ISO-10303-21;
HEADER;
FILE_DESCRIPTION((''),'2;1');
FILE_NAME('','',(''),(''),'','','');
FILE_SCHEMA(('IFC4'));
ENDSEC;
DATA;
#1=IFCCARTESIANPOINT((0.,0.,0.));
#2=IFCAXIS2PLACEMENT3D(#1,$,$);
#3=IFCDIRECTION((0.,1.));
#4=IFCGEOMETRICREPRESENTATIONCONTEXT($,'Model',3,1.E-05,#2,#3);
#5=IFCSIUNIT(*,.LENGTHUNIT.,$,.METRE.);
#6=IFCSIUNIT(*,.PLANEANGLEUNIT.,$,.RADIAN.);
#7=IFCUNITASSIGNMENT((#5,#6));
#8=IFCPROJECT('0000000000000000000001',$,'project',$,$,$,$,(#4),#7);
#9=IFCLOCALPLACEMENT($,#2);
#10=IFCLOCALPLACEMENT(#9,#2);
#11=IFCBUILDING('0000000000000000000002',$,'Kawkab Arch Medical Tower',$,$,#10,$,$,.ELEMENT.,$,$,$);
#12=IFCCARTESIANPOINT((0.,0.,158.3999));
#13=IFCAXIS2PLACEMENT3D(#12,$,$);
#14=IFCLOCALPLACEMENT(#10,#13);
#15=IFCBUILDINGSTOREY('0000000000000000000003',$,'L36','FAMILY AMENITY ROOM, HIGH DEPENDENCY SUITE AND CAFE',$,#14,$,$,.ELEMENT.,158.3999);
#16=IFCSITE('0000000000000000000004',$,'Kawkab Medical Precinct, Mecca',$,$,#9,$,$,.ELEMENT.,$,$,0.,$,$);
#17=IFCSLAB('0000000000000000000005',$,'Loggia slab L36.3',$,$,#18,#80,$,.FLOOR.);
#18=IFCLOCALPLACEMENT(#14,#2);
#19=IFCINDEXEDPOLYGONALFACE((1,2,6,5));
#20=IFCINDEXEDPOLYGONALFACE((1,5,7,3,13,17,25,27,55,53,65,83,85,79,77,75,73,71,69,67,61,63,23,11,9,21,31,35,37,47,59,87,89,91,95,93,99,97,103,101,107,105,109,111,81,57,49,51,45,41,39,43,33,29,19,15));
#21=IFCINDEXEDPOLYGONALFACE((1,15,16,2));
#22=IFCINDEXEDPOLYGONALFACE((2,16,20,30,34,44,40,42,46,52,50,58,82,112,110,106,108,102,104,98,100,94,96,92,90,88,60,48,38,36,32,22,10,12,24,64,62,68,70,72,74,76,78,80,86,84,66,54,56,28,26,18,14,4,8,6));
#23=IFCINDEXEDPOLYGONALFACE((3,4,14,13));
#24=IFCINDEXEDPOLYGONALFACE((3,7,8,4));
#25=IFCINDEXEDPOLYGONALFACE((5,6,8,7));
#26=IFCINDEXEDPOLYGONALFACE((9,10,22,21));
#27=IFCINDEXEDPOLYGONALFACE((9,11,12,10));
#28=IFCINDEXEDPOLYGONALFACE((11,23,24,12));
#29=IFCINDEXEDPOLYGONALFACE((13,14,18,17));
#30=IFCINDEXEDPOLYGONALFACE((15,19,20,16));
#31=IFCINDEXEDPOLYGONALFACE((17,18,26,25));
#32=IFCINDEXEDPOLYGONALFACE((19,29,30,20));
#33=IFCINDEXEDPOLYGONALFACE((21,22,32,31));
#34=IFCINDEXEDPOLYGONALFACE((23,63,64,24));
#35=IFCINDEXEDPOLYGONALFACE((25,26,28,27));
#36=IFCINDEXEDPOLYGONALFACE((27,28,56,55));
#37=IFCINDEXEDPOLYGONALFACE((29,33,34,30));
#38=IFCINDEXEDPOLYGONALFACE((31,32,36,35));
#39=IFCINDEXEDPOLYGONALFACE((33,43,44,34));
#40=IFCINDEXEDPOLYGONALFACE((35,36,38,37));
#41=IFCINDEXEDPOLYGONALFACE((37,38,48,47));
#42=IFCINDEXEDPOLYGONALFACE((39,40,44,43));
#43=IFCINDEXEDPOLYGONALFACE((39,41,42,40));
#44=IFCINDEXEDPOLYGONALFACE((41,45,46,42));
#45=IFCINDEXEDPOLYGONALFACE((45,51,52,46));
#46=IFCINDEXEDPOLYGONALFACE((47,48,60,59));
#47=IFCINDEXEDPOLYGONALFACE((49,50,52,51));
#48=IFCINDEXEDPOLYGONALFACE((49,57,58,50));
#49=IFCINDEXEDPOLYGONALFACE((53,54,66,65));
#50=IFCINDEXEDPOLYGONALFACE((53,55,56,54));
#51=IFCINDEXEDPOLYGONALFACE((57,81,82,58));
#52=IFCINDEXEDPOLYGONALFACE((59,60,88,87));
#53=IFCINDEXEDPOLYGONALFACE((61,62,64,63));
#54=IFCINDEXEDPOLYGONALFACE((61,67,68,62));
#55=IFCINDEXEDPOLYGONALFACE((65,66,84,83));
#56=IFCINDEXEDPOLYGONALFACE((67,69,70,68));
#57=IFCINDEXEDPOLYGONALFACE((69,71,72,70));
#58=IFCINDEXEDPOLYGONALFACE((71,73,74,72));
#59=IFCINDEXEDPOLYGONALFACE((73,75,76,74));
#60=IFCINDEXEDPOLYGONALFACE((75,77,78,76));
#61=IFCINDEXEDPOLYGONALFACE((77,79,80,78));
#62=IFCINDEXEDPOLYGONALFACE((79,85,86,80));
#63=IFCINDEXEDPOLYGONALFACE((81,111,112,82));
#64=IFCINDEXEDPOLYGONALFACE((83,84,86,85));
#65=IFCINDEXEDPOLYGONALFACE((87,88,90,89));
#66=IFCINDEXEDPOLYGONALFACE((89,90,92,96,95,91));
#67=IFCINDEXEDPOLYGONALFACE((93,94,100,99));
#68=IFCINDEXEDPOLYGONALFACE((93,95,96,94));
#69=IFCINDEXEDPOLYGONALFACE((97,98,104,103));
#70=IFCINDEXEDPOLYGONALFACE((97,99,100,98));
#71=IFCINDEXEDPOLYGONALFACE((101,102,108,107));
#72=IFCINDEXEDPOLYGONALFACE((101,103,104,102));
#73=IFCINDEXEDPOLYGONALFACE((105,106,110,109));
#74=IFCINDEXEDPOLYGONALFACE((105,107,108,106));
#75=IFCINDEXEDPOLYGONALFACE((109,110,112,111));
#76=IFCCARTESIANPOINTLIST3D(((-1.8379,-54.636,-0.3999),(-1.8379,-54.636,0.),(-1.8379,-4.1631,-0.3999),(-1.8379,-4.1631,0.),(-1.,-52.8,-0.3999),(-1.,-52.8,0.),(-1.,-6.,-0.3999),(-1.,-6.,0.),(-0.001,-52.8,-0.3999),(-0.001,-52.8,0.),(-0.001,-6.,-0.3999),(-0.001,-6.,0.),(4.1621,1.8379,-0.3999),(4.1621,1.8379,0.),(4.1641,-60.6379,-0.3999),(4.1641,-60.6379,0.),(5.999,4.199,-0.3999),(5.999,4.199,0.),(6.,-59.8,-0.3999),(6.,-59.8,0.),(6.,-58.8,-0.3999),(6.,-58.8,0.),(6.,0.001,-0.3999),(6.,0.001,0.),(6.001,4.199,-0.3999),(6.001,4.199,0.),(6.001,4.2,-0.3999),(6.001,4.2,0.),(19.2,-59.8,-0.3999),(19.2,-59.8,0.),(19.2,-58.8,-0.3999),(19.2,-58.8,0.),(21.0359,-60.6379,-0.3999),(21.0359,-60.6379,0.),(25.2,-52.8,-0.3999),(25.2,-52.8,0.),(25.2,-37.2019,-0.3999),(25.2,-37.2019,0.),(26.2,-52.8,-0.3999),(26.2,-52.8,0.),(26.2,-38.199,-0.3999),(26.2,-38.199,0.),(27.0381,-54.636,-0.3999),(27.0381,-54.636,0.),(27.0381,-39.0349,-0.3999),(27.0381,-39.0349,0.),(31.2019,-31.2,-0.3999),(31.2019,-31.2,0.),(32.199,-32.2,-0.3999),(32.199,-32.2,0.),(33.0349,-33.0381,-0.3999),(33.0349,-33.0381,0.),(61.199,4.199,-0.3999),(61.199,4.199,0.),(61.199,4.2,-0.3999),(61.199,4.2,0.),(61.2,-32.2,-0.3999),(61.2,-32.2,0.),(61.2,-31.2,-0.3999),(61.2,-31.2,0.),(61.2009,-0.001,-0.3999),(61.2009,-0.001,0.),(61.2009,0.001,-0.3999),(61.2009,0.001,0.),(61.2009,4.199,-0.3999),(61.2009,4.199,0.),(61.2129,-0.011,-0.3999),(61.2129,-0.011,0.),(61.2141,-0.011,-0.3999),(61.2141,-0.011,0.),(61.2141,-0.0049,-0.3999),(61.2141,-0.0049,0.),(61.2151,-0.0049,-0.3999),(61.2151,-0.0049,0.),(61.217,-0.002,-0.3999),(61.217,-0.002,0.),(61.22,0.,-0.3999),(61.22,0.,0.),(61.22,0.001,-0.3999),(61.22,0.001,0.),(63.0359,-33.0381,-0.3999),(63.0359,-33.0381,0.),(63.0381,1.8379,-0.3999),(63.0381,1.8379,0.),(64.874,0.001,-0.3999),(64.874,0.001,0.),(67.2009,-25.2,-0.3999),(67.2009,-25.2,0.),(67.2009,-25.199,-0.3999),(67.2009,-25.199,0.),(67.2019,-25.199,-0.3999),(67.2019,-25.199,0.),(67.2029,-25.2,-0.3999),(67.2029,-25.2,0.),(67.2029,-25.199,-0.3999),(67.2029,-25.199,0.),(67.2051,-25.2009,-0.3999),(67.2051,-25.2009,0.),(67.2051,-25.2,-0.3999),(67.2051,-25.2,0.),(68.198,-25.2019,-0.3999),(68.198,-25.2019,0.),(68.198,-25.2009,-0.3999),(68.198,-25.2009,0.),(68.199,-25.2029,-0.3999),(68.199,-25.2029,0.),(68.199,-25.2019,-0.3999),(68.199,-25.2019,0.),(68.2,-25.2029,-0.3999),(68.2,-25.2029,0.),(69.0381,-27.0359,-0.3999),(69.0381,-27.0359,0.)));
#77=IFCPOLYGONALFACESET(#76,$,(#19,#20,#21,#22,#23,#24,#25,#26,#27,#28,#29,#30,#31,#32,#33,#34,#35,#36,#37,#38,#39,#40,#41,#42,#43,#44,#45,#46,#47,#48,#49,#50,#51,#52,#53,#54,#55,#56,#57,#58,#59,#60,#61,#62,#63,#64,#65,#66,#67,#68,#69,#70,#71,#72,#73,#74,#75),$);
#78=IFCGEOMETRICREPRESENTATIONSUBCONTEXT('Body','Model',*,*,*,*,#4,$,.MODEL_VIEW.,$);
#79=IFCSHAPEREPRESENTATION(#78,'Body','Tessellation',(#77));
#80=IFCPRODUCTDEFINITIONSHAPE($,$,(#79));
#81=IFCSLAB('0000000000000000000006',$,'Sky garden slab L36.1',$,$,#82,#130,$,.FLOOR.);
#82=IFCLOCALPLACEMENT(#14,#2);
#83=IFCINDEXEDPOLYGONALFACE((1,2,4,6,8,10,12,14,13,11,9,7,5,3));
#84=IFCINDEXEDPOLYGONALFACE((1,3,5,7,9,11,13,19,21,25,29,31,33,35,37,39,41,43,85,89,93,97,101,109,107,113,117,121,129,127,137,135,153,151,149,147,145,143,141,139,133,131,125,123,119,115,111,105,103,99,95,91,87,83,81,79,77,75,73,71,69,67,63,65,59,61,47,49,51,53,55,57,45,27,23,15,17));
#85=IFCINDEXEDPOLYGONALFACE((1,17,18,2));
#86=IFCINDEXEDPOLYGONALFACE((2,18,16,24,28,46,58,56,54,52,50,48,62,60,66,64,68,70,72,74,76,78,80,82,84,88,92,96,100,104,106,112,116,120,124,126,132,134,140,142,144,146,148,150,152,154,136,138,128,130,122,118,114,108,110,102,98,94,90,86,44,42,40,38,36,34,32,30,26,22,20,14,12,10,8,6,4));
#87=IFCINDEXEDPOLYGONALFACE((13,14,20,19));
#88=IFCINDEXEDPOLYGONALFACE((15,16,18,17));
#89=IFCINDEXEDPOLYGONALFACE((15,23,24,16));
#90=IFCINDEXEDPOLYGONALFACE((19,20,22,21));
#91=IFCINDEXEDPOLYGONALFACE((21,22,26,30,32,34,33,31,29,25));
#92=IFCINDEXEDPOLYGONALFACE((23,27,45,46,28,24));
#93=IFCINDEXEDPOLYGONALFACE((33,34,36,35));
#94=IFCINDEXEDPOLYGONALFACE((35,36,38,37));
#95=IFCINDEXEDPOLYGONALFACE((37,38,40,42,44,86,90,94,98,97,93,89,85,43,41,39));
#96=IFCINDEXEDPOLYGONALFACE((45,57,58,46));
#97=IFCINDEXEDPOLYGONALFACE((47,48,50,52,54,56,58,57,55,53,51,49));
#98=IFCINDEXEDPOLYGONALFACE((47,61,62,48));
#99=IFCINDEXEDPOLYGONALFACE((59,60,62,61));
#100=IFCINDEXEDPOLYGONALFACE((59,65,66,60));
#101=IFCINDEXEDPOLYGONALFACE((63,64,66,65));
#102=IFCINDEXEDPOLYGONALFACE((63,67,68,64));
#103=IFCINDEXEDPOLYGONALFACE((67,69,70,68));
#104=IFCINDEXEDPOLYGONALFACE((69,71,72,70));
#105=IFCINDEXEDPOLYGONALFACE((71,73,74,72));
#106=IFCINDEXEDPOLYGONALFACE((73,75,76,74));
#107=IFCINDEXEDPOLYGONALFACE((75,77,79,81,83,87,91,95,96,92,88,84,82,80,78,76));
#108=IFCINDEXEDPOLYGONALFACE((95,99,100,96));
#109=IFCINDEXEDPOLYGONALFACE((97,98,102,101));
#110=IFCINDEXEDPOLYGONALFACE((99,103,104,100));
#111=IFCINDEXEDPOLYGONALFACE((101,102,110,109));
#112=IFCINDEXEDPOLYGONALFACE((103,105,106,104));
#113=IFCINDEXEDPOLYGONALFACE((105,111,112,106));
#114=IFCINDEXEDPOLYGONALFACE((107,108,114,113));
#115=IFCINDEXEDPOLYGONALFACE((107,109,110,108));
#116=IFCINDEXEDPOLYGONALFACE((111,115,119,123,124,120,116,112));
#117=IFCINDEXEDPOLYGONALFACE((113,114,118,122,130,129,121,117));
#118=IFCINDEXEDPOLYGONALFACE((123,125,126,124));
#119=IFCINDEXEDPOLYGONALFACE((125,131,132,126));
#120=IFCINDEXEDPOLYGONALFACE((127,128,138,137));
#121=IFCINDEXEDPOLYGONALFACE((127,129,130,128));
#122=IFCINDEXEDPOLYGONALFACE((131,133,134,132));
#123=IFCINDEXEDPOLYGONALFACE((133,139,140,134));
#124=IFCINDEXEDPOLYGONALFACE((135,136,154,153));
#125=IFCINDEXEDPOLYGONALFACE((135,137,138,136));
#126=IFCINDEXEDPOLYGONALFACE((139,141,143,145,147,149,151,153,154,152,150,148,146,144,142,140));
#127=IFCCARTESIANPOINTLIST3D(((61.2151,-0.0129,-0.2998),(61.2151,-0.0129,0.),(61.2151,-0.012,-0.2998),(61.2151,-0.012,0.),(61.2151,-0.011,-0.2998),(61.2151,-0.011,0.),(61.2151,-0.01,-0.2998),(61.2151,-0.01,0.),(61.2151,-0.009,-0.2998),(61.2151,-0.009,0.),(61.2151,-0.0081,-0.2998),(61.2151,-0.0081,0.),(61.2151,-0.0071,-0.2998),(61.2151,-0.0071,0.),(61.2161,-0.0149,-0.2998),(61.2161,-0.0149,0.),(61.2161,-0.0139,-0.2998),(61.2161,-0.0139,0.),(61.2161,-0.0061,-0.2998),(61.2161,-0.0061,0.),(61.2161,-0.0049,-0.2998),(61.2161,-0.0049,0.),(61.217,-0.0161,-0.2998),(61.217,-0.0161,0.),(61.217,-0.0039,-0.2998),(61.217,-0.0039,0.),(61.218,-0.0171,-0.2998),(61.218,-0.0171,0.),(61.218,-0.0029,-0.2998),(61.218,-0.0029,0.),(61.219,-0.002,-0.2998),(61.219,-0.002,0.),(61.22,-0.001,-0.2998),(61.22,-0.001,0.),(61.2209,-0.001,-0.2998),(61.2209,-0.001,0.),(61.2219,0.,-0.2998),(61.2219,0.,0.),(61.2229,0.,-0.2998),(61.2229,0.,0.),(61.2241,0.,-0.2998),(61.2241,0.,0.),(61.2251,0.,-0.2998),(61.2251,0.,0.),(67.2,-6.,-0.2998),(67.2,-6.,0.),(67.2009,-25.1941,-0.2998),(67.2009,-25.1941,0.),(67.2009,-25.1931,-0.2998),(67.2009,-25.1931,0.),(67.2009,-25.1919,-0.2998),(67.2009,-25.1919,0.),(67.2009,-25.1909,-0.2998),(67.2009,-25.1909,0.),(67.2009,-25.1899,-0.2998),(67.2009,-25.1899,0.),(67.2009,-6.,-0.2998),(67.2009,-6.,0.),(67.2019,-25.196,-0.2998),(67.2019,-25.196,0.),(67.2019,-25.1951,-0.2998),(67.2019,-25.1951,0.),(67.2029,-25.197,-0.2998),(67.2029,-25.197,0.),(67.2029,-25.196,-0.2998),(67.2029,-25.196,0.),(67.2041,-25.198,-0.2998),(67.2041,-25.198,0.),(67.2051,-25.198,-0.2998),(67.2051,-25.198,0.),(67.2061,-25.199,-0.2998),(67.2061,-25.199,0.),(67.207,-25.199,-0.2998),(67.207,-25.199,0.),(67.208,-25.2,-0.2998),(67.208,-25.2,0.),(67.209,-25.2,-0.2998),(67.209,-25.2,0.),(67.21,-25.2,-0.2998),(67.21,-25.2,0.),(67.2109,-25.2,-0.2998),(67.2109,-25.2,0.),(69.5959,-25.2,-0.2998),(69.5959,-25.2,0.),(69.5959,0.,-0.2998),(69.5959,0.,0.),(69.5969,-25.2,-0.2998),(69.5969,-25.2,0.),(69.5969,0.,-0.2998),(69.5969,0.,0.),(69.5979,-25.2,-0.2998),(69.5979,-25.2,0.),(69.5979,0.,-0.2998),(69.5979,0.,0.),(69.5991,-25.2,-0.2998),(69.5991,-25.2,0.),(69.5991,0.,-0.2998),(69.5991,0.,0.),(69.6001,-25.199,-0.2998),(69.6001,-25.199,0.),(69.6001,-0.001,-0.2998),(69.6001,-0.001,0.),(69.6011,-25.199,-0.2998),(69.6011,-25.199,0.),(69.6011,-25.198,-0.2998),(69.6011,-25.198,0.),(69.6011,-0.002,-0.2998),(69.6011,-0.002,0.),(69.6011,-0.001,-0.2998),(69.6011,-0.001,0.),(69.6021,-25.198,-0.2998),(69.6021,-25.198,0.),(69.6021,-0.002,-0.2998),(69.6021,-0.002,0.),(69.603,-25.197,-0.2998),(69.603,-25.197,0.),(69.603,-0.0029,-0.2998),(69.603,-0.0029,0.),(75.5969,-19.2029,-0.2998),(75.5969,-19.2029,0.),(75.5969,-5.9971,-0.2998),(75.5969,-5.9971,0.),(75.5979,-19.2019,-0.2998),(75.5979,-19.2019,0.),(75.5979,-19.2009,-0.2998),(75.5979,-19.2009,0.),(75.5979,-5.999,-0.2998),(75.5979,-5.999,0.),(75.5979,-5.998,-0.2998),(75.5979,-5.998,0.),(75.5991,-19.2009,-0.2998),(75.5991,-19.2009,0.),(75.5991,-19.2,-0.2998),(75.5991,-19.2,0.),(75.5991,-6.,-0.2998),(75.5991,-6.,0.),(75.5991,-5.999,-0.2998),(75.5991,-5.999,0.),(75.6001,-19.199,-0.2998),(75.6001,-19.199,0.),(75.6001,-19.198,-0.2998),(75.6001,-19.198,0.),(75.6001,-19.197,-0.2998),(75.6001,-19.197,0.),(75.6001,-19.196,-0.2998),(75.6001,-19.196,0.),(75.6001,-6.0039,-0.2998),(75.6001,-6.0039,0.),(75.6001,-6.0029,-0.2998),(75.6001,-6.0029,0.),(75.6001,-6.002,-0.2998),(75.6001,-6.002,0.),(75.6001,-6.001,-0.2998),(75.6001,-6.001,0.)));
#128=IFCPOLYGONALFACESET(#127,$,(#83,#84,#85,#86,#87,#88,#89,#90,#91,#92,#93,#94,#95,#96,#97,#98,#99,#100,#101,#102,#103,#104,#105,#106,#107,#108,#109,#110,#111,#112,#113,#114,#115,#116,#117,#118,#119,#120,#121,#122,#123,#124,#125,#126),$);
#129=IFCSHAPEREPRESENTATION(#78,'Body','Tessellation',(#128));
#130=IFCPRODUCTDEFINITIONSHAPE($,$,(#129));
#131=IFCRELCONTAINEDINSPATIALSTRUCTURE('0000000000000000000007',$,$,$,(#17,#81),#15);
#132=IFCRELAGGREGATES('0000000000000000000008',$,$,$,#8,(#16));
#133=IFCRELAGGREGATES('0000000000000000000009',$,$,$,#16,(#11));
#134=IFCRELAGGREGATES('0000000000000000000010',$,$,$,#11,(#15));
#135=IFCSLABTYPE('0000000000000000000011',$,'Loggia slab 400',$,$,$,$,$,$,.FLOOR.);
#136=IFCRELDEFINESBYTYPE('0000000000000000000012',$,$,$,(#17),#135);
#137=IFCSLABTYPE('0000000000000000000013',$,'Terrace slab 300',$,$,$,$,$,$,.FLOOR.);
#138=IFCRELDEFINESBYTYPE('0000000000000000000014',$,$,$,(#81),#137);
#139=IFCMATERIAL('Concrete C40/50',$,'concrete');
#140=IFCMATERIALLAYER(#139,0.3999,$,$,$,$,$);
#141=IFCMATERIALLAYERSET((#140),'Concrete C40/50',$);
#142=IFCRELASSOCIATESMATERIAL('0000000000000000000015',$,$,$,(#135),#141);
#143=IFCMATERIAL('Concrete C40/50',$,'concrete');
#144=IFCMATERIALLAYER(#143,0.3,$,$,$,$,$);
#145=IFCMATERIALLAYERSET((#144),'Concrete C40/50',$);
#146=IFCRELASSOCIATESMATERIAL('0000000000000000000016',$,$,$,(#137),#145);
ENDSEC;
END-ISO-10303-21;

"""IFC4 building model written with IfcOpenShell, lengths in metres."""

from ifc_helpers import new_model, si_unit, direction, frame, origin, place, context, subcontext, project, spatial, polyline, outline, extrude, material, layer, layer_set, type_object, element, save


model = new_model("IFC4")

# Units and contexts
model_context = context("Model", 3, precision=1e-05, world=origin(), true_north=direction((0.0, 1.0)))
body_context = subcontext(model_context, "Body", "Model", "MODEL_VIEW")
ifc_project = project(units=[si_unit("LENGTHUNIT", "METRE"), si_unit("PLANEANGLEUNIT", "RADIAN")], contexts=[model_context])

# Site, building, storey
site_placement = place(None, origin())
site = spatial("IfcSite", under=ifc_project, at=site_placement, Name="Kawkab Medical Precinct, Mecca", CompositionType="ELEMENT", RefElevation=0.0)
building_placement = place(site_placement, origin())
building = spatial("IfcBuilding", under=site, at=building_placement, Name="Kawkab Arch Medical Tower", CompositionType="ELEMENT")
storey_placement = place(building_placement, frame((0.0, 0.0, 158.3999)))
storey = spatial("IfcBuildingStorey", under=building, at=storey_placement, Name="L36", Description="FAMILY AMENITY ROOM, HIGH DEPENDENCY SUITE AND CAFE", CompositionType="ELEMENT", Elevation=158.3999)

# Slabs
ifc_material_1 = material(Name="Concrete C40/50", Category="concrete")
ifc_layer_1 = layer(ifc_material_1, 0.3999)
ifc_layer_set_1 = layer_set([ifc_layer_1], Name="Concrete C40/50")
slab_type_1 = type_object("IfcSlabType", Name="Loggia slab 400", PredefinedType="FLOOR", material=ifc_layer_set_1)
slab_1_placement = place(storey_placement, frame((0.0, 0.0, -0.3999)))
element("IfcSlab", 1, at=slab_1_placement, inside=storey, type_object=slab_type_1, Name="Loggia slab L36.3", PredefinedType="FLOOR", context=body_context, shape_type="SweptSolid", body=[
    extrude(outline(polyline([(-1.8379, -54.636), (-1.0, -52.8), (-1.0, -6.0), (-1.8379, -4.1631), (4.1621, 1.8379), (5.999, 4.199), (6.001, 4.199), (6.001, 4.2), (61.199, 4.2), (61.199, 4.199), (61.2009, 4.199), (63.0381, 1.8379), (64.874, 0.001), (61.22, 0.001), (61.22, 0.0), (61.217, -0.002), (61.2151, -0.0049), (61.2141, -0.0049), (61.2141, -0.011), (61.2129, -0.011), (61.2009, -0.001), (61.2009, 0.001), (6.0, 0.001), (-0.001, -6.0), (-0.001, -52.8), (6.0, -58.8), (19.2, -58.8), (25.2, -52.8), (25.2, -37.2019), (31.2019, -31.2), (61.2, -31.2), (67.2009, -25.2), (67.2009, -25.199), (67.2019, -25.199), (67.2029, -25.199), (67.2029, -25.2), (67.2051, -25.2), (67.2051, -25.2009), (68.198, -25.2009), (68.198, -25.2019), (68.199, -25.2019), (68.199, -25.2029), (68.2, -25.2029), (69.0381, -27.0359), (63.0359, -33.0381), (61.2, -32.2), (32.199, -32.2), (33.0349, -33.0381), (27.0381, -39.0349), (26.2, -38.199), (26.2, -52.8), (27.0381, -54.636), (21.0359, -60.6379), (19.2, -59.8), (6.0, -59.8), (4.1641, -60.6379), (-1.8379, -54.636)])), origin(), (0.0, 0.0, 1.0), 0.3999),
])
ifc_material_2 = material(Name="Concrete C40/50", Category="concrete")
ifc_layer_2 = layer(ifc_material_2, 0.3)
ifc_layer_set_2 = layer_set([ifc_layer_2], Name="Concrete C40/50")
slab_type_2 = type_object("IfcSlabType", Name="Terrace slab 300", PredefinedType="FLOOR", material=ifc_layer_set_2)
placement_1 = place(storey_placement, frame((0.0, 0.0, -0.2998)))
element("IfcSlab", 2, at=placement_1, inside=storey, type_object=slab_type_2, Name="Sky garden slab L36.1", PredefinedType="FLOOR", context=body_context, shape_type="SweptSolid", body=[
    extrude(outline(polyline([(69.5979, 0.0), (69.5969, 0.0), (69.5959, 0.0), (61.2251, 0.0), (61.2241, 0.0), (61.2229, 0.0), (61.2219, 0.0), (61.2209, -0.001), (61.22, -0.001), (61.219, -0.002), (61.218, -0.0029), (61.217, -0.0039), (61.2161, -0.0049), (61.2161, -0.0061), (61.2151, -0.0071), (61.2151, -0.0081), (61.2151, -0.009), (61.2151, -0.01), (61.2151, -0.011), (61.2151, -0.012), (61.2151, -0.0129), (61.2161, -0.0139), (61.2161, -0.0149), (61.217, -0.0161), (61.218, -0.0171), (67.2, -6.0), (67.2009, -6.0), (67.2009, -25.1899), (67.2009, -25.1909), (67.2009, -25.1919), (67.2009, -25.1931), (67.2009, -25.1941), (67.2019, -25.1951), (67.2019, -25.196), (67.2029, -25.196), (67.2029, -25.197), (67.2041, -25.198), (67.2051, -25.198), (67.2061, -25.199), (67.207, -25.199), (67.208, -25.2), (67.209, -25.2), (67.21, -25.2), (67.2109, -25.2), (69.5959, -25.2), (69.5969, -25.2), (69.5979, -25.2), (69.5991, -25.2), (69.6001, -25.199), (69.6011, -25.199), (69.6011, -25.198), (69.6021, -25.198), (69.603, -25.197), (75.5969, -19.2029), (75.5979, -19.2019), (75.5979, -19.2009), (75.5991, -19.2009), (75.5991, -19.2), (75.6001, -19.199), (75.6001, -19.198), (75.6001, -19.197), (75.6001, -19.196), (75.6001, -6.0039), (75.6001, -6.0029), (75.6001, -6.002), (75.6001, -6.001), (75.5991, -6.0), (75.5991, -5.999), (75.5979, -5.999), (75.5979, -5.998), (75.5969, -5.9971), (69.603, -0.0029), (69.6021, -0.002), (69.6011, -0.002), (69.6011, -0.001), (69.6001, -0.001), (69.5991, 0.0), (69.5979, 0.0)])), origin(), (0.0, 0.0, 1.0), 0.2998),
])

save(model, "model.ifc")
